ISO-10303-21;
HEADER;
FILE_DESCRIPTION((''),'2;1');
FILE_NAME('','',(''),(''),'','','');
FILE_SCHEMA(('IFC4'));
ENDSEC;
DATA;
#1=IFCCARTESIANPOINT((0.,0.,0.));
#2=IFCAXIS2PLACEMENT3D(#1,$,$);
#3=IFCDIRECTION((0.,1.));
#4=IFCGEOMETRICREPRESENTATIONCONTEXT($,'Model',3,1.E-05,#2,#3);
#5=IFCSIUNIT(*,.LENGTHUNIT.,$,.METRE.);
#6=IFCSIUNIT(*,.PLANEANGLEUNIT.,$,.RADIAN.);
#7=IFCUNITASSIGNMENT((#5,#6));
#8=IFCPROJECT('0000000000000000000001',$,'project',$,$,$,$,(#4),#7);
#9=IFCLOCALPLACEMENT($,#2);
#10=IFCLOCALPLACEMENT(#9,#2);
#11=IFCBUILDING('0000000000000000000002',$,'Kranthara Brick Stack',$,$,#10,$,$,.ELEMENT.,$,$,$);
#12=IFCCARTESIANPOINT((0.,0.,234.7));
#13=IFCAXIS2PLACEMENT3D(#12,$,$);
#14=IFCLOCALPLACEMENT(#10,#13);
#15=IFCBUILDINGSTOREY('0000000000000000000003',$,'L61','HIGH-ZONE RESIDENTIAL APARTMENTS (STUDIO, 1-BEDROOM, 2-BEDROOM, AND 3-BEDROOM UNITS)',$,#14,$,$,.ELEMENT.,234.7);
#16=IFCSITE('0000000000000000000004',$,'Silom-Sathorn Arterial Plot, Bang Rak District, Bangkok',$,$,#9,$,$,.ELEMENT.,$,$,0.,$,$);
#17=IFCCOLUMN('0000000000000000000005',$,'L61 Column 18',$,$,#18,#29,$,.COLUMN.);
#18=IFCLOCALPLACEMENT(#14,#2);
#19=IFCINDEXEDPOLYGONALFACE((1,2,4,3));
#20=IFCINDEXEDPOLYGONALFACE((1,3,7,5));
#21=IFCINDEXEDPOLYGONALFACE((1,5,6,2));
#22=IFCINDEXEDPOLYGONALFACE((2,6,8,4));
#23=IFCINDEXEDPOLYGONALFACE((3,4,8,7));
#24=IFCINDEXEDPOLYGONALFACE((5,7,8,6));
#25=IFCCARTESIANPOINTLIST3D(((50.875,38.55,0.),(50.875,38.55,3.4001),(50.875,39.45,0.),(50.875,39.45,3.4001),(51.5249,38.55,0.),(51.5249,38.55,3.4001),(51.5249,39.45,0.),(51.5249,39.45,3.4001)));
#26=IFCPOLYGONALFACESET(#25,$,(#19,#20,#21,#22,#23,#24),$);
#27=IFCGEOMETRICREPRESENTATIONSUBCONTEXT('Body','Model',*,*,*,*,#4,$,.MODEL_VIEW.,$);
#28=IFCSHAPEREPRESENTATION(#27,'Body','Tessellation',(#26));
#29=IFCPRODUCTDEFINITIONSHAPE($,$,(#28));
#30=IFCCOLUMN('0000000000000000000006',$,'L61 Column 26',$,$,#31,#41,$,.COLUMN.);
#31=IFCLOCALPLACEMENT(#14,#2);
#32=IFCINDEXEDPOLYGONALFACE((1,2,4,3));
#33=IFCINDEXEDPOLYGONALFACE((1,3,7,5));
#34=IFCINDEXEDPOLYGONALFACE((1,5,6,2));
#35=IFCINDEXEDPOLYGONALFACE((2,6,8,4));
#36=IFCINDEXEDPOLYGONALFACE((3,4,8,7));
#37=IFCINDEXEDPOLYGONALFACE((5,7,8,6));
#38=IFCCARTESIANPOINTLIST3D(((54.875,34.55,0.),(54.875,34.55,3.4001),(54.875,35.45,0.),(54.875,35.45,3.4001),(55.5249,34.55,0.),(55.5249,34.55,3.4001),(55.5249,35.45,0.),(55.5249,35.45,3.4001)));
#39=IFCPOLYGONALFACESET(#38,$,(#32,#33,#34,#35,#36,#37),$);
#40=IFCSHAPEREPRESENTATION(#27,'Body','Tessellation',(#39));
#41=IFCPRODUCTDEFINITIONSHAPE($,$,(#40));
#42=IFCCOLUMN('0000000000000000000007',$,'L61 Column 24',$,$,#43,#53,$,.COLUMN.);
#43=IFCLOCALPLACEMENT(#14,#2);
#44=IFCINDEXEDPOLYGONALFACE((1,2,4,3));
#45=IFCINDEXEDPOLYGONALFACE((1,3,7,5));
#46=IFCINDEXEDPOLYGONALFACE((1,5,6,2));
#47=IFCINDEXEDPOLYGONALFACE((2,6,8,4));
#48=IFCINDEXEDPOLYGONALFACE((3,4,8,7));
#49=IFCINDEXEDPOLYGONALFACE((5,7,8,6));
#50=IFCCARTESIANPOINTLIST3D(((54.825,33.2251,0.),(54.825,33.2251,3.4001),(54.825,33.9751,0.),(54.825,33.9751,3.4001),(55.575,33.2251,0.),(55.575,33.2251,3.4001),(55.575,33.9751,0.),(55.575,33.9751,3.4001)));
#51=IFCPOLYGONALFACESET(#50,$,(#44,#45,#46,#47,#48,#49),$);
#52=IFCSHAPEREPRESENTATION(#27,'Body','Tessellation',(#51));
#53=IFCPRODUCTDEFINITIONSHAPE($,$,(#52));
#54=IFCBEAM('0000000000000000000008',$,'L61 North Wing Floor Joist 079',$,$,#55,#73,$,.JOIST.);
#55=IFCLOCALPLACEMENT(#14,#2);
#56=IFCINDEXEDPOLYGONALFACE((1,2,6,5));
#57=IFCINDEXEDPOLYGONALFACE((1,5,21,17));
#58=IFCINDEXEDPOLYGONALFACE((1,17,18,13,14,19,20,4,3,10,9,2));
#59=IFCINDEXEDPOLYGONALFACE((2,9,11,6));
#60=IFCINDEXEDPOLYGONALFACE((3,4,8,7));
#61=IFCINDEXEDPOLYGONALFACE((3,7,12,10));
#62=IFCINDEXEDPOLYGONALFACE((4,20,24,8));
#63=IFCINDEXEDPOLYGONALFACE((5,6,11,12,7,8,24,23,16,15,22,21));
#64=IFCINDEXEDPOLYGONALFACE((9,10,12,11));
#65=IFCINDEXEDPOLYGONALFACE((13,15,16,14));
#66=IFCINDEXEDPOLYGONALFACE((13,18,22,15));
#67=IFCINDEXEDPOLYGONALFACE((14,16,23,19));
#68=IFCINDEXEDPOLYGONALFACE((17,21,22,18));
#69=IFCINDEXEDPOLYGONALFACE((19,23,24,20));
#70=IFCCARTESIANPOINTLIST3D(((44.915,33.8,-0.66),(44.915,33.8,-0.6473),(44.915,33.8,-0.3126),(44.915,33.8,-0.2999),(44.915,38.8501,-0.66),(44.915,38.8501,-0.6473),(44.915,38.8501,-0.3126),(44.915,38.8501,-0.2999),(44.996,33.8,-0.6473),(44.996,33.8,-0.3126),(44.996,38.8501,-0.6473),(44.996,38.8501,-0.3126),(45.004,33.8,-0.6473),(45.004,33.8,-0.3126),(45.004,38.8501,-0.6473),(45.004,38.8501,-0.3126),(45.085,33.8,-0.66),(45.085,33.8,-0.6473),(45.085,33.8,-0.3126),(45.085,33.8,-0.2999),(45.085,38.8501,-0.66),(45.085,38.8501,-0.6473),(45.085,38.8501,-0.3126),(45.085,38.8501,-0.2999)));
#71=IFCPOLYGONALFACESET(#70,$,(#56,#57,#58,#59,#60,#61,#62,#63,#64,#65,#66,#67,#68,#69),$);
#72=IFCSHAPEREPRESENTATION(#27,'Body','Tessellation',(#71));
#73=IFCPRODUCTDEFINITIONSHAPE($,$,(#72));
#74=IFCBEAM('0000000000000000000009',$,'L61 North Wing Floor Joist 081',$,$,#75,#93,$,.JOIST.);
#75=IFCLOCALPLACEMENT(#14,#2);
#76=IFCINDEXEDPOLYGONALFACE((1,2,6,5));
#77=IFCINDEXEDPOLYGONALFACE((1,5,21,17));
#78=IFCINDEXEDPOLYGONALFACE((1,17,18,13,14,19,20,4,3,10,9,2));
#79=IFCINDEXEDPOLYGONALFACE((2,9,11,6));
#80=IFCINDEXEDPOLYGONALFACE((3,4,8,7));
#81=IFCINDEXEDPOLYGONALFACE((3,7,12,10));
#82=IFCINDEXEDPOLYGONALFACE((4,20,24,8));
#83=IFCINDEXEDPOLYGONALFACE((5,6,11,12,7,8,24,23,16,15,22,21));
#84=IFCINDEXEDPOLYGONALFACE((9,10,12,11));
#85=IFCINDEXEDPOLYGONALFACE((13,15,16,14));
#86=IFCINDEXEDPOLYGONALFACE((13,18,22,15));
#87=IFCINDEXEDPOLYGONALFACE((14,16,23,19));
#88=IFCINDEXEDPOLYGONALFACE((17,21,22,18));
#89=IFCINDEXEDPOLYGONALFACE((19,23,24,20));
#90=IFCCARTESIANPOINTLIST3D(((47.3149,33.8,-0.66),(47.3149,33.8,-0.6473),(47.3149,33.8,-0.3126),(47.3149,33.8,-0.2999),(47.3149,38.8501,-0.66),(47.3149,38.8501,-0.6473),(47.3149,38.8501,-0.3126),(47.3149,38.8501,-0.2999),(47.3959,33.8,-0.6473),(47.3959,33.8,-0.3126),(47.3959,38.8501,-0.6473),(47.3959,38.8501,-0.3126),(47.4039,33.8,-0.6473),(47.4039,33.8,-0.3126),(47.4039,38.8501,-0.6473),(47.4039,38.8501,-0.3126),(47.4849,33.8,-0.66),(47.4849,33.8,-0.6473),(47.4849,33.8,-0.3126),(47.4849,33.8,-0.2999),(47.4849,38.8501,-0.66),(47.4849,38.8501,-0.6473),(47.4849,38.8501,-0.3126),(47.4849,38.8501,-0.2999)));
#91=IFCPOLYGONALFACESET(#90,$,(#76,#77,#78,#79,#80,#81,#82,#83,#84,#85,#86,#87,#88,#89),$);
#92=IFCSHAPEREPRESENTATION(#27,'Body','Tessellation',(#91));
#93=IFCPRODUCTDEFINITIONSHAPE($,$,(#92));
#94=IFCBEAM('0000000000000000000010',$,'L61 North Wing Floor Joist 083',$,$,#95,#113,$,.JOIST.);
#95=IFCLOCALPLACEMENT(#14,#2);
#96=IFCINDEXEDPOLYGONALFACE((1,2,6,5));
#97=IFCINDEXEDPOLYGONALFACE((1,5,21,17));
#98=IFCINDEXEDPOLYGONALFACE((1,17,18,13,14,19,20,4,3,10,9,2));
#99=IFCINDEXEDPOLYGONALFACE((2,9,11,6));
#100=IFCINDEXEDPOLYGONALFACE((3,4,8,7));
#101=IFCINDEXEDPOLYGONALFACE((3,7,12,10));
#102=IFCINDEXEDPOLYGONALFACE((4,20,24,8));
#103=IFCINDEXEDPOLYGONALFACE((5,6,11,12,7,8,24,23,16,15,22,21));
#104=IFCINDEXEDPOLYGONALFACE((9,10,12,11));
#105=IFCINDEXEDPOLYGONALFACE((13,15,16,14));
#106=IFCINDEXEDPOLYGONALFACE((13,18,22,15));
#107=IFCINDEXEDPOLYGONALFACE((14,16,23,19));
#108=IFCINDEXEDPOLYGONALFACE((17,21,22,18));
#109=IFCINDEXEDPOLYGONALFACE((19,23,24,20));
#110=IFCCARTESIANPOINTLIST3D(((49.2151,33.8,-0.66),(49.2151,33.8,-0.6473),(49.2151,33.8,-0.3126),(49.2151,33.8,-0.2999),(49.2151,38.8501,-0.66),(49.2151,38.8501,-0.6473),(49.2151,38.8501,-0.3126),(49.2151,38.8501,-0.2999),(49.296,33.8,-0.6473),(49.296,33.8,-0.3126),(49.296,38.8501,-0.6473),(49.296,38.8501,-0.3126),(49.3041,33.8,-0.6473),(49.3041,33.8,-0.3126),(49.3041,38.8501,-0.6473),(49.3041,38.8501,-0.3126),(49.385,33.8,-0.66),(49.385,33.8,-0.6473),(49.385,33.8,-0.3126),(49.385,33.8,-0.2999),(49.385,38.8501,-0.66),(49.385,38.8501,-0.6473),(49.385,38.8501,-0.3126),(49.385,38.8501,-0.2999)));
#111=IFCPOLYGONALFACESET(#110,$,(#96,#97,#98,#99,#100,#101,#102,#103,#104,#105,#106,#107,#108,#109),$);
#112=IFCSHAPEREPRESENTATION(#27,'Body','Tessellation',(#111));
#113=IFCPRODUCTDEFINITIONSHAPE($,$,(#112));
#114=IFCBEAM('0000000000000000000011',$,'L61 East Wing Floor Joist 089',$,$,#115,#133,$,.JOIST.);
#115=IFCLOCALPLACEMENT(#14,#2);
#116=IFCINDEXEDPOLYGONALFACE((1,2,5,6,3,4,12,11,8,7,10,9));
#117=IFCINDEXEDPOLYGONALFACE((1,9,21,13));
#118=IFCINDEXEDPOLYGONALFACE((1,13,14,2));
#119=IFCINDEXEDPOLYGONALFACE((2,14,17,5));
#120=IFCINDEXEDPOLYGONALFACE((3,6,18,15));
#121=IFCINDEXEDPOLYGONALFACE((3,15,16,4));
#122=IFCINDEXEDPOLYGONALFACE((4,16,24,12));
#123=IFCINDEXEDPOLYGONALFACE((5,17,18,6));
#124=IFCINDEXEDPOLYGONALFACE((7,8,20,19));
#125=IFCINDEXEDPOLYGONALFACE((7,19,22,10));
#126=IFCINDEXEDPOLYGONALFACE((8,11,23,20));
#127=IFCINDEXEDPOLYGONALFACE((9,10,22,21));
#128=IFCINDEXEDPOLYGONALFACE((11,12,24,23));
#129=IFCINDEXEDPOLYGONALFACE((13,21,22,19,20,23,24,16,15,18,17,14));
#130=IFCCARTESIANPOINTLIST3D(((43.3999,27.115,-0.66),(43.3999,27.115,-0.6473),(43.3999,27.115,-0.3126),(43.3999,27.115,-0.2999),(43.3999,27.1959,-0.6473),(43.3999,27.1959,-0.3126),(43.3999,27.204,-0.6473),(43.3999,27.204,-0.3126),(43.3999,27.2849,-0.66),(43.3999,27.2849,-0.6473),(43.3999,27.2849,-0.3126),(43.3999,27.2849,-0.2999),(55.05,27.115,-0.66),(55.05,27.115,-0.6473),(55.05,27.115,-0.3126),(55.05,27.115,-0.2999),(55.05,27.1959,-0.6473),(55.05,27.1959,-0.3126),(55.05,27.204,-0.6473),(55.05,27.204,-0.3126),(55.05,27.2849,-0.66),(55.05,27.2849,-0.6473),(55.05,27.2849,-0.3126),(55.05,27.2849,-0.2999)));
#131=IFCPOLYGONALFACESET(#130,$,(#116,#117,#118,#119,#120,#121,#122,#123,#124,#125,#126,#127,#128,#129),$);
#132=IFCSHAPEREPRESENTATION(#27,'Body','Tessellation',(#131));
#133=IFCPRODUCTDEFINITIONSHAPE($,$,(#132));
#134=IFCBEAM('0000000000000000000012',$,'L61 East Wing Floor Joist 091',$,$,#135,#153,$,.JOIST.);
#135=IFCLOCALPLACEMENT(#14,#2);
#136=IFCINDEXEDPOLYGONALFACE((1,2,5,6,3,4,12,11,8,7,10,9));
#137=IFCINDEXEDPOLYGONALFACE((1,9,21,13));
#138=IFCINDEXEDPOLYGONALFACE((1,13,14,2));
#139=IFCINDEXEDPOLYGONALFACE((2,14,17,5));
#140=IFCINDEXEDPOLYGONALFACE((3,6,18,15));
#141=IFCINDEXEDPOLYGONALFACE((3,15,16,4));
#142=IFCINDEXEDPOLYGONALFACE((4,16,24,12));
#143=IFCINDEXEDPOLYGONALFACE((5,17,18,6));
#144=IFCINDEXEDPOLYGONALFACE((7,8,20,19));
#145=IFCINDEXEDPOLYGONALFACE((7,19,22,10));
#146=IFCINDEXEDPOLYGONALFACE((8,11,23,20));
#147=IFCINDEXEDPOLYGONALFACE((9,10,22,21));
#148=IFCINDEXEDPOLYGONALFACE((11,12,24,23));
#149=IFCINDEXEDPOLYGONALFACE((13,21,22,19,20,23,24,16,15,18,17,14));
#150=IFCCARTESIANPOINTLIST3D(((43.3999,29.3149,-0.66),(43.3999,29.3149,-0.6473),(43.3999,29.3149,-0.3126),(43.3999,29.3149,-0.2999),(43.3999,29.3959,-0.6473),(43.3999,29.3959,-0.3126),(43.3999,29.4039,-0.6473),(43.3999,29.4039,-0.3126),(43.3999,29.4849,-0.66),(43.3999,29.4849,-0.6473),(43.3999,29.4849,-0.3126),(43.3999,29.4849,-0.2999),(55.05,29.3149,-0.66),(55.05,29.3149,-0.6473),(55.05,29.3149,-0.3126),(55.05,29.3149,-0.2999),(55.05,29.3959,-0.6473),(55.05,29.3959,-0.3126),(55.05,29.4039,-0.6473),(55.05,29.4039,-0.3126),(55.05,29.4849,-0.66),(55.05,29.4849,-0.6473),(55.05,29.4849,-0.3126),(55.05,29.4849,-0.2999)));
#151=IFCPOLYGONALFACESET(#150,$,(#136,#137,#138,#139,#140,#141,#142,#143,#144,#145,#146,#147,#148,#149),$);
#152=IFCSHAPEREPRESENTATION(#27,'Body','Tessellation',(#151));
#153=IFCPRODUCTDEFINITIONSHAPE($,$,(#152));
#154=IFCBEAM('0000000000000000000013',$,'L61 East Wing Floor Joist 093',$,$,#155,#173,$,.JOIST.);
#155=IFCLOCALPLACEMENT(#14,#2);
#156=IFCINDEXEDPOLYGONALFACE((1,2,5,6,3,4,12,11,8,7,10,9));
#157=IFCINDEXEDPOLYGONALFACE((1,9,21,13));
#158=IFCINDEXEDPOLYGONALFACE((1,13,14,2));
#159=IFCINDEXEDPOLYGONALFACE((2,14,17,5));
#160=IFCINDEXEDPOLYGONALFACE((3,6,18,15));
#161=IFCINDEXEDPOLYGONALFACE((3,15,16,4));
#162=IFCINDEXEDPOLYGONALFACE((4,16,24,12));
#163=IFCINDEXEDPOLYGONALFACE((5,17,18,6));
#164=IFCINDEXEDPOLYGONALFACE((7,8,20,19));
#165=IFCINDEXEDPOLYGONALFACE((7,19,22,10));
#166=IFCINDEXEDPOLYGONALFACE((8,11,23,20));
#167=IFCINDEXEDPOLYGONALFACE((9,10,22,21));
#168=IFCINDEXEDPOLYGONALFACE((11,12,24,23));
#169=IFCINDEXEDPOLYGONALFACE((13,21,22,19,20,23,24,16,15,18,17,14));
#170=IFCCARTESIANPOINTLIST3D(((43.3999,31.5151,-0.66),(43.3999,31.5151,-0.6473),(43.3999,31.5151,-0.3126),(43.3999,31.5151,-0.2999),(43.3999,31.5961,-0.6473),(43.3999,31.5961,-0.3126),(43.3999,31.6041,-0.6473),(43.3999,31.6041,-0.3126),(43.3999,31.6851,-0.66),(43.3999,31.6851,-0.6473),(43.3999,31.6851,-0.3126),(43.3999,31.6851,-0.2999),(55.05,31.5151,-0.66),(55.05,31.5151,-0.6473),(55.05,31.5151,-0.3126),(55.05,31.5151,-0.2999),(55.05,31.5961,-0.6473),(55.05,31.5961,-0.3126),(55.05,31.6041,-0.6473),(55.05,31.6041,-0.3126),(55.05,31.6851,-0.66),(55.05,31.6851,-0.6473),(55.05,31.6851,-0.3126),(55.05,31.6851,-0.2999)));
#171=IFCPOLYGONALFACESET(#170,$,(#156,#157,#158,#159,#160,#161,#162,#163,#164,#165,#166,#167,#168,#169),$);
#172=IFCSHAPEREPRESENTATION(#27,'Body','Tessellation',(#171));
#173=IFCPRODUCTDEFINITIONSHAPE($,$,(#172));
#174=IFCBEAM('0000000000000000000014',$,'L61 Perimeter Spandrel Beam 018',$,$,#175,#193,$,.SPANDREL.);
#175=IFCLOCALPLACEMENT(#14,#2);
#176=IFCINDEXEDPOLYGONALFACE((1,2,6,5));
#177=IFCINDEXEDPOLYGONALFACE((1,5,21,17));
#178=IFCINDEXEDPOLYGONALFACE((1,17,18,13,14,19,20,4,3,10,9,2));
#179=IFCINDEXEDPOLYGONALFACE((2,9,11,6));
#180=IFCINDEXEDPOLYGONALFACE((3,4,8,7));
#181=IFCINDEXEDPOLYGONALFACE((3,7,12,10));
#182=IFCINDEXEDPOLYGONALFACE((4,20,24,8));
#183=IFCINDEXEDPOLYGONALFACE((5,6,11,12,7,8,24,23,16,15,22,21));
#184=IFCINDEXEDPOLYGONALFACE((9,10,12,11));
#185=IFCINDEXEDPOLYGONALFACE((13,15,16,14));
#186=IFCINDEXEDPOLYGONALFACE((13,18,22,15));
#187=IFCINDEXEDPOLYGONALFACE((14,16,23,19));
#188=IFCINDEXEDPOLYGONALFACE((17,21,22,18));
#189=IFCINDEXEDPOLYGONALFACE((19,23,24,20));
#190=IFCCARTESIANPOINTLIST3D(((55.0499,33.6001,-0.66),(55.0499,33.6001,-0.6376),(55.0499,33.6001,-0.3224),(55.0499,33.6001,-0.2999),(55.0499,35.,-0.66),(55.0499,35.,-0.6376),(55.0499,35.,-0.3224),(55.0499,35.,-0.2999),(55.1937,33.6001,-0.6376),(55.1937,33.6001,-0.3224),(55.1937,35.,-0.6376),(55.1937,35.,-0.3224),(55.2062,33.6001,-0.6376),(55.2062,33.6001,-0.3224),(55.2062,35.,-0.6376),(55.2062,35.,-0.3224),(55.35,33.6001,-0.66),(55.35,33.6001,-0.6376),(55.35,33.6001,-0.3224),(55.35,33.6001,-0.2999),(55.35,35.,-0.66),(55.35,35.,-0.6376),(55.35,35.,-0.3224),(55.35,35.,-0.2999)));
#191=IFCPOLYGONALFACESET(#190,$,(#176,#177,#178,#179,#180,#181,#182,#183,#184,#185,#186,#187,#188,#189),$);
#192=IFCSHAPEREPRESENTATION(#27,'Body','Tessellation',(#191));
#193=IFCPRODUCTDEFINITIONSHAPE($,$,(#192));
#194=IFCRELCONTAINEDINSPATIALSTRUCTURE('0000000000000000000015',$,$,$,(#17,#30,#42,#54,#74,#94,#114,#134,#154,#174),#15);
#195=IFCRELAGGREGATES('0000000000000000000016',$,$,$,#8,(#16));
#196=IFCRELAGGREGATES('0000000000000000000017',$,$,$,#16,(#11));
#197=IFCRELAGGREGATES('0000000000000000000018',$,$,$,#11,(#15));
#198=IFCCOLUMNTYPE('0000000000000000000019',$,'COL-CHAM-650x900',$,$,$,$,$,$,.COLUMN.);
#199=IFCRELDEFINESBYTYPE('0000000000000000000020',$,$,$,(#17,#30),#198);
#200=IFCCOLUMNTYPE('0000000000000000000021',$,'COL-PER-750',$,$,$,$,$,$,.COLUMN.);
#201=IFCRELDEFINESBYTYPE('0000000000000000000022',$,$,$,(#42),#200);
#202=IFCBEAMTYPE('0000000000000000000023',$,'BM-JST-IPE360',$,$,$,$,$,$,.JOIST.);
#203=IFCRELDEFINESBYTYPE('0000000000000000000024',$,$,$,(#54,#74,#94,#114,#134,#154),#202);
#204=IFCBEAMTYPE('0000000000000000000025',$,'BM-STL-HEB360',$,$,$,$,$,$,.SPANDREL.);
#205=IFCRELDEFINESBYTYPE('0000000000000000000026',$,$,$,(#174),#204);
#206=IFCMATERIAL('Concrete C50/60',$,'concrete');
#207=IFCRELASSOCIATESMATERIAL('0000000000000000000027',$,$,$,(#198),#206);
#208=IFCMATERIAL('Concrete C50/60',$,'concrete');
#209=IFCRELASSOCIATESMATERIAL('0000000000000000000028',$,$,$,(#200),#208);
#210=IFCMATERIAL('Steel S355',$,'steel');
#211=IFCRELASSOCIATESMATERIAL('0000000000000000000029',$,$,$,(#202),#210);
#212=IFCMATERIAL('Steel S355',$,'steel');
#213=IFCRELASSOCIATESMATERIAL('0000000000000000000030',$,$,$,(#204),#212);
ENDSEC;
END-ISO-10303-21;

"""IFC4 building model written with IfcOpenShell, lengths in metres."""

from ifc_helpers import new_model, si_unit, direction, frame, origin, origin_2d, place, context, subcontext, project, spatial, rectangle, i_section, extrude, material, material_profile, profile_set, type_object, element, save


model = new_model("IFC4")

# Units and contexts
model_context = context("Model", 3, precision=1e-05, world=origin(), true_north=direction((0.0, 1.0)))
body_context = subcontext(model_context, "Body", "Model", "MODEL_VIEW")
ifc_project = project(units=[si_unit("LENGTHUNIT", "METRE"), si_unit("PLANEANGLEUNIT", "RADIAN")], contexts=[model_context])

# Site, building, storey
site_placement = place(None, origin())
site = spatial("IfcSite", under=ifc_project, at=site_placement, Name="Silom-Sathorn Arterial Plot, Bang Rak District, Bangkok", CompositionType="ELEMENT", RefElevation=0.0)
building_placement = place(site_placement, origin())
building = spatial("IfcBuilding", under=site, at=building_placement, Name="Kranthara Brick Stack", CompositionType="ELEMENT")
storey_placement = place(building_placement, frame((0.0, 0.0, 234.7)))
storey = spatial("IfcBuildingStorey", under=building, at=storey_placement, Name="L61", Description="HIGH-ZONE RESIDENTIAL APARTMENTS (STUDIO, 1-BEDROOM, 2-BEDROOM, AND 3-BEDROOM UNITS)", CompositionType="ELEMENT", Elevation=234.7)

# Columns
ifc_material_1 = material(Name="Concrete C50/60", Category="concrete")
ifc_material_profile_1 = material_profile(ifc_material_1, rectangle(XDim=0.6499, YDim=0.8999, at=origin_2d()), Name="RC 650x900")
ifc_profile_set_1 = profile_set([ifc_material_profile_1], Name="Concrete C50/60")
column_type_1 = type_object("IfcColumnType", Name="COL-CHAM-650x900", PredefinedType="COLUMN", material=ifc_profile_set_1)
for number, where, z_axis, x_axis, name in (
    (1, (51.2, 39.0, 0.0), (0.0, 0.0, 1.0), (1.0, 0.0, 0.0), "L61 Column 18"),
    (2, (55.2, 35.0, 0.0), (0.0, 0.0, 1.0), (1.0, 0.0, 0.0), "L61 Column 26"),
):
    element("IfcColumn", number, at=place(storey_placement, frame(where, z_axis=z_axis, x_axis=x_axis)), inside=storey, type_object=column_type_1, Name=name, PredefinedType="COLUMN", context=body_context, shape_type="SweptSolid", body=[
        extrude(rectangle(XDim=0.6499, YDim=0.8999, at=origin_2d()), origin(), (0.0, 0.0, 1.0), 3.4001),
    ])
ifc_material_2 = material(Name="Concrete C50/60", Category="concrete")
ifc_material_profile_2 = material_profile(ifc_material_2, rectangle(XDim=0.75, YDim=0.75, at=origin_2d()), Name="RC 750x750")
ifc_profile_set_2 = profile_set([ifc_material_profile_2], Name="Concrete C50/60")
column_type_2 = type_object("IfcColumnType", Name="COL-PER-750", PredefinedType="COLUMN", material=ifc_profile_set_2)
column_placement = place(storey_placement, frame((55.2, 33.6001, 0.0), z_axis=(0.0, 0.0, 1.0), x_axis=(1.0, 0.0, 0.0)))
element("IfcColumn", 3, at=column_placement, inside=storey, type_object=column_type_2, Name="L61 Column 24", PredefinedType="COLUMN", context=body_context, shape_type="SweptSolid", body=[
    extrude(rectangle(XDim=0.75, YDim=0.75, at=origin_2d()), origin(), (0.0, 0.0, 1.0), 3.4001),
])

# Beams
ifc_material_3 = material(Name="Steel S355", Category="steel")
ifc_material_profile_3 = material_profile(ifc_material_3, i_section(OverallWidth=0.1699, OverallDepth=0.3601, WebThickness=0.0081, FlangeThickness=0.0127, at=origin_2d()), Name="IPE 360")
ifc_profile_set_3 = profile_set([ifc_material_profile_3], Name="Steel S355")
beam_type_1 = type_object("IfcBeamType", Name="BM-JST-IPE360", PredefinedType="JOIST", material=ifc_profile_set_3)
for number, where, z_axis, x_axis, name in (
    (4, (45.0, 33.8, -0.48), (0.0, 1.0, 0.0), (-1.0, 0.0, 0.0), "L61 North Wing Floor Joist 079"),
    (5, (47.3999, 33.8, -0.48), (0.0, 1.0, 0.0), (-1.0, 0.0, 0.0), "L61 North Wing Floor Joist 081"),
    (6, (49.3, 33.8, -0.48), (0.0, 1.0, 0.0), (-1.0, 0.0, 0.0), "L61 North Wing Floor Joist 083"),
):
    element("IfcBeam", number, at=place(storey_placement, frame(where, z_axis=z_axis, x_axis=x_axis)), inside=storey, type_object=beam_type_1, Name=name, PredefinedType="JOIST", context=body_context, shape_type="SweptSolid", body=[
        extrude(i_section(OverallWidth=0.1699, OverallDepth=0.3601, WebThickness=0.0081, FlangeThickness=0.0127, at=origin_2d()), origin(), (0.0, 0.0, 1.0), 5.05),
    ])
for number, where, z_axis, x_axis, name in (
    (7, (43.3999, 27.2, -0.48), (1.0, 0.0, 0.0), (0.0, 1.0, 0.0), "L61 East Wing Floor Joist 089"),
    (8, (43.3999, 29.3999, -0.48), (1.0, 0.0, 0.0), (0.0, 1.0, 0.0), "L61 East Wing Floor Joist 091"),
    (9, (43.3999, 31.6001, -0.48), (1.0, 0.0, 0.0), (0.0, 1.0, 0.0), "L61 East Wing Floor Joist 093"),
):
    element("IfcBeam", number, at=place(storey_placement, frame(where, z_axis=z_axis, x_axis=x_axis)), inside=storey, type_object=beam_type_1, Name=name, PredefinedType="JOIST", context=body_context, shape_type="SweptSolid", body=[
        extrude(i_section(OverallWidth=0.1699, OverallDepth=0.3601, WebThickness=0.0081, FlangeThickness=0.0127, at=origin_2d()), origin(), (0.0, 0.0, 1.0), 11.6501),
    ])
ifc_material_4 = material(Name="Steel S355", Category="steel")
ifc_material_profile_4 = material_profile(ifc_material_4, i_section(OverallWidth=0.3, OverallDepth=0.3601, WebThickness=0.0125, FlangeThickness=0.0225, at=origin_2d()), Name="HEB 360")
ifc_profile_set_4 = profile_set([ifc_material_profile_4], Name="Steel S355")
beam_type_2 = type_object("IfcBeamType", Name="BM-STL-HEB360", PredefinedType="SPANDREL", material=ifc_profile_set_4)
beam_1_placement = place(storey_placement, frame((55.2, 33.6001, -0.48), z_axis=(0.0, 1.0, 0.0), x_axis=(-1.0, 0.0, 0.0)))
element("IfcBeam", 10, at=beam_1_placement, inside=storey, type_object=beam_type_2, Name="L61 Perimeter Spandrel Beam 018", PredefinedType="SPANDREL", context=body_context, shape_type="SweptSolid", body=[
    extrude(i_section(OverallWidth=0.3, OverallDepth=0.3601, WebThickness=0.0125, FlangeThickness=0.0225, at=origin_2d()), origin(), (0.0, 0.0, 1.0), 1.3999),
])

save(model, "model.ifc")
